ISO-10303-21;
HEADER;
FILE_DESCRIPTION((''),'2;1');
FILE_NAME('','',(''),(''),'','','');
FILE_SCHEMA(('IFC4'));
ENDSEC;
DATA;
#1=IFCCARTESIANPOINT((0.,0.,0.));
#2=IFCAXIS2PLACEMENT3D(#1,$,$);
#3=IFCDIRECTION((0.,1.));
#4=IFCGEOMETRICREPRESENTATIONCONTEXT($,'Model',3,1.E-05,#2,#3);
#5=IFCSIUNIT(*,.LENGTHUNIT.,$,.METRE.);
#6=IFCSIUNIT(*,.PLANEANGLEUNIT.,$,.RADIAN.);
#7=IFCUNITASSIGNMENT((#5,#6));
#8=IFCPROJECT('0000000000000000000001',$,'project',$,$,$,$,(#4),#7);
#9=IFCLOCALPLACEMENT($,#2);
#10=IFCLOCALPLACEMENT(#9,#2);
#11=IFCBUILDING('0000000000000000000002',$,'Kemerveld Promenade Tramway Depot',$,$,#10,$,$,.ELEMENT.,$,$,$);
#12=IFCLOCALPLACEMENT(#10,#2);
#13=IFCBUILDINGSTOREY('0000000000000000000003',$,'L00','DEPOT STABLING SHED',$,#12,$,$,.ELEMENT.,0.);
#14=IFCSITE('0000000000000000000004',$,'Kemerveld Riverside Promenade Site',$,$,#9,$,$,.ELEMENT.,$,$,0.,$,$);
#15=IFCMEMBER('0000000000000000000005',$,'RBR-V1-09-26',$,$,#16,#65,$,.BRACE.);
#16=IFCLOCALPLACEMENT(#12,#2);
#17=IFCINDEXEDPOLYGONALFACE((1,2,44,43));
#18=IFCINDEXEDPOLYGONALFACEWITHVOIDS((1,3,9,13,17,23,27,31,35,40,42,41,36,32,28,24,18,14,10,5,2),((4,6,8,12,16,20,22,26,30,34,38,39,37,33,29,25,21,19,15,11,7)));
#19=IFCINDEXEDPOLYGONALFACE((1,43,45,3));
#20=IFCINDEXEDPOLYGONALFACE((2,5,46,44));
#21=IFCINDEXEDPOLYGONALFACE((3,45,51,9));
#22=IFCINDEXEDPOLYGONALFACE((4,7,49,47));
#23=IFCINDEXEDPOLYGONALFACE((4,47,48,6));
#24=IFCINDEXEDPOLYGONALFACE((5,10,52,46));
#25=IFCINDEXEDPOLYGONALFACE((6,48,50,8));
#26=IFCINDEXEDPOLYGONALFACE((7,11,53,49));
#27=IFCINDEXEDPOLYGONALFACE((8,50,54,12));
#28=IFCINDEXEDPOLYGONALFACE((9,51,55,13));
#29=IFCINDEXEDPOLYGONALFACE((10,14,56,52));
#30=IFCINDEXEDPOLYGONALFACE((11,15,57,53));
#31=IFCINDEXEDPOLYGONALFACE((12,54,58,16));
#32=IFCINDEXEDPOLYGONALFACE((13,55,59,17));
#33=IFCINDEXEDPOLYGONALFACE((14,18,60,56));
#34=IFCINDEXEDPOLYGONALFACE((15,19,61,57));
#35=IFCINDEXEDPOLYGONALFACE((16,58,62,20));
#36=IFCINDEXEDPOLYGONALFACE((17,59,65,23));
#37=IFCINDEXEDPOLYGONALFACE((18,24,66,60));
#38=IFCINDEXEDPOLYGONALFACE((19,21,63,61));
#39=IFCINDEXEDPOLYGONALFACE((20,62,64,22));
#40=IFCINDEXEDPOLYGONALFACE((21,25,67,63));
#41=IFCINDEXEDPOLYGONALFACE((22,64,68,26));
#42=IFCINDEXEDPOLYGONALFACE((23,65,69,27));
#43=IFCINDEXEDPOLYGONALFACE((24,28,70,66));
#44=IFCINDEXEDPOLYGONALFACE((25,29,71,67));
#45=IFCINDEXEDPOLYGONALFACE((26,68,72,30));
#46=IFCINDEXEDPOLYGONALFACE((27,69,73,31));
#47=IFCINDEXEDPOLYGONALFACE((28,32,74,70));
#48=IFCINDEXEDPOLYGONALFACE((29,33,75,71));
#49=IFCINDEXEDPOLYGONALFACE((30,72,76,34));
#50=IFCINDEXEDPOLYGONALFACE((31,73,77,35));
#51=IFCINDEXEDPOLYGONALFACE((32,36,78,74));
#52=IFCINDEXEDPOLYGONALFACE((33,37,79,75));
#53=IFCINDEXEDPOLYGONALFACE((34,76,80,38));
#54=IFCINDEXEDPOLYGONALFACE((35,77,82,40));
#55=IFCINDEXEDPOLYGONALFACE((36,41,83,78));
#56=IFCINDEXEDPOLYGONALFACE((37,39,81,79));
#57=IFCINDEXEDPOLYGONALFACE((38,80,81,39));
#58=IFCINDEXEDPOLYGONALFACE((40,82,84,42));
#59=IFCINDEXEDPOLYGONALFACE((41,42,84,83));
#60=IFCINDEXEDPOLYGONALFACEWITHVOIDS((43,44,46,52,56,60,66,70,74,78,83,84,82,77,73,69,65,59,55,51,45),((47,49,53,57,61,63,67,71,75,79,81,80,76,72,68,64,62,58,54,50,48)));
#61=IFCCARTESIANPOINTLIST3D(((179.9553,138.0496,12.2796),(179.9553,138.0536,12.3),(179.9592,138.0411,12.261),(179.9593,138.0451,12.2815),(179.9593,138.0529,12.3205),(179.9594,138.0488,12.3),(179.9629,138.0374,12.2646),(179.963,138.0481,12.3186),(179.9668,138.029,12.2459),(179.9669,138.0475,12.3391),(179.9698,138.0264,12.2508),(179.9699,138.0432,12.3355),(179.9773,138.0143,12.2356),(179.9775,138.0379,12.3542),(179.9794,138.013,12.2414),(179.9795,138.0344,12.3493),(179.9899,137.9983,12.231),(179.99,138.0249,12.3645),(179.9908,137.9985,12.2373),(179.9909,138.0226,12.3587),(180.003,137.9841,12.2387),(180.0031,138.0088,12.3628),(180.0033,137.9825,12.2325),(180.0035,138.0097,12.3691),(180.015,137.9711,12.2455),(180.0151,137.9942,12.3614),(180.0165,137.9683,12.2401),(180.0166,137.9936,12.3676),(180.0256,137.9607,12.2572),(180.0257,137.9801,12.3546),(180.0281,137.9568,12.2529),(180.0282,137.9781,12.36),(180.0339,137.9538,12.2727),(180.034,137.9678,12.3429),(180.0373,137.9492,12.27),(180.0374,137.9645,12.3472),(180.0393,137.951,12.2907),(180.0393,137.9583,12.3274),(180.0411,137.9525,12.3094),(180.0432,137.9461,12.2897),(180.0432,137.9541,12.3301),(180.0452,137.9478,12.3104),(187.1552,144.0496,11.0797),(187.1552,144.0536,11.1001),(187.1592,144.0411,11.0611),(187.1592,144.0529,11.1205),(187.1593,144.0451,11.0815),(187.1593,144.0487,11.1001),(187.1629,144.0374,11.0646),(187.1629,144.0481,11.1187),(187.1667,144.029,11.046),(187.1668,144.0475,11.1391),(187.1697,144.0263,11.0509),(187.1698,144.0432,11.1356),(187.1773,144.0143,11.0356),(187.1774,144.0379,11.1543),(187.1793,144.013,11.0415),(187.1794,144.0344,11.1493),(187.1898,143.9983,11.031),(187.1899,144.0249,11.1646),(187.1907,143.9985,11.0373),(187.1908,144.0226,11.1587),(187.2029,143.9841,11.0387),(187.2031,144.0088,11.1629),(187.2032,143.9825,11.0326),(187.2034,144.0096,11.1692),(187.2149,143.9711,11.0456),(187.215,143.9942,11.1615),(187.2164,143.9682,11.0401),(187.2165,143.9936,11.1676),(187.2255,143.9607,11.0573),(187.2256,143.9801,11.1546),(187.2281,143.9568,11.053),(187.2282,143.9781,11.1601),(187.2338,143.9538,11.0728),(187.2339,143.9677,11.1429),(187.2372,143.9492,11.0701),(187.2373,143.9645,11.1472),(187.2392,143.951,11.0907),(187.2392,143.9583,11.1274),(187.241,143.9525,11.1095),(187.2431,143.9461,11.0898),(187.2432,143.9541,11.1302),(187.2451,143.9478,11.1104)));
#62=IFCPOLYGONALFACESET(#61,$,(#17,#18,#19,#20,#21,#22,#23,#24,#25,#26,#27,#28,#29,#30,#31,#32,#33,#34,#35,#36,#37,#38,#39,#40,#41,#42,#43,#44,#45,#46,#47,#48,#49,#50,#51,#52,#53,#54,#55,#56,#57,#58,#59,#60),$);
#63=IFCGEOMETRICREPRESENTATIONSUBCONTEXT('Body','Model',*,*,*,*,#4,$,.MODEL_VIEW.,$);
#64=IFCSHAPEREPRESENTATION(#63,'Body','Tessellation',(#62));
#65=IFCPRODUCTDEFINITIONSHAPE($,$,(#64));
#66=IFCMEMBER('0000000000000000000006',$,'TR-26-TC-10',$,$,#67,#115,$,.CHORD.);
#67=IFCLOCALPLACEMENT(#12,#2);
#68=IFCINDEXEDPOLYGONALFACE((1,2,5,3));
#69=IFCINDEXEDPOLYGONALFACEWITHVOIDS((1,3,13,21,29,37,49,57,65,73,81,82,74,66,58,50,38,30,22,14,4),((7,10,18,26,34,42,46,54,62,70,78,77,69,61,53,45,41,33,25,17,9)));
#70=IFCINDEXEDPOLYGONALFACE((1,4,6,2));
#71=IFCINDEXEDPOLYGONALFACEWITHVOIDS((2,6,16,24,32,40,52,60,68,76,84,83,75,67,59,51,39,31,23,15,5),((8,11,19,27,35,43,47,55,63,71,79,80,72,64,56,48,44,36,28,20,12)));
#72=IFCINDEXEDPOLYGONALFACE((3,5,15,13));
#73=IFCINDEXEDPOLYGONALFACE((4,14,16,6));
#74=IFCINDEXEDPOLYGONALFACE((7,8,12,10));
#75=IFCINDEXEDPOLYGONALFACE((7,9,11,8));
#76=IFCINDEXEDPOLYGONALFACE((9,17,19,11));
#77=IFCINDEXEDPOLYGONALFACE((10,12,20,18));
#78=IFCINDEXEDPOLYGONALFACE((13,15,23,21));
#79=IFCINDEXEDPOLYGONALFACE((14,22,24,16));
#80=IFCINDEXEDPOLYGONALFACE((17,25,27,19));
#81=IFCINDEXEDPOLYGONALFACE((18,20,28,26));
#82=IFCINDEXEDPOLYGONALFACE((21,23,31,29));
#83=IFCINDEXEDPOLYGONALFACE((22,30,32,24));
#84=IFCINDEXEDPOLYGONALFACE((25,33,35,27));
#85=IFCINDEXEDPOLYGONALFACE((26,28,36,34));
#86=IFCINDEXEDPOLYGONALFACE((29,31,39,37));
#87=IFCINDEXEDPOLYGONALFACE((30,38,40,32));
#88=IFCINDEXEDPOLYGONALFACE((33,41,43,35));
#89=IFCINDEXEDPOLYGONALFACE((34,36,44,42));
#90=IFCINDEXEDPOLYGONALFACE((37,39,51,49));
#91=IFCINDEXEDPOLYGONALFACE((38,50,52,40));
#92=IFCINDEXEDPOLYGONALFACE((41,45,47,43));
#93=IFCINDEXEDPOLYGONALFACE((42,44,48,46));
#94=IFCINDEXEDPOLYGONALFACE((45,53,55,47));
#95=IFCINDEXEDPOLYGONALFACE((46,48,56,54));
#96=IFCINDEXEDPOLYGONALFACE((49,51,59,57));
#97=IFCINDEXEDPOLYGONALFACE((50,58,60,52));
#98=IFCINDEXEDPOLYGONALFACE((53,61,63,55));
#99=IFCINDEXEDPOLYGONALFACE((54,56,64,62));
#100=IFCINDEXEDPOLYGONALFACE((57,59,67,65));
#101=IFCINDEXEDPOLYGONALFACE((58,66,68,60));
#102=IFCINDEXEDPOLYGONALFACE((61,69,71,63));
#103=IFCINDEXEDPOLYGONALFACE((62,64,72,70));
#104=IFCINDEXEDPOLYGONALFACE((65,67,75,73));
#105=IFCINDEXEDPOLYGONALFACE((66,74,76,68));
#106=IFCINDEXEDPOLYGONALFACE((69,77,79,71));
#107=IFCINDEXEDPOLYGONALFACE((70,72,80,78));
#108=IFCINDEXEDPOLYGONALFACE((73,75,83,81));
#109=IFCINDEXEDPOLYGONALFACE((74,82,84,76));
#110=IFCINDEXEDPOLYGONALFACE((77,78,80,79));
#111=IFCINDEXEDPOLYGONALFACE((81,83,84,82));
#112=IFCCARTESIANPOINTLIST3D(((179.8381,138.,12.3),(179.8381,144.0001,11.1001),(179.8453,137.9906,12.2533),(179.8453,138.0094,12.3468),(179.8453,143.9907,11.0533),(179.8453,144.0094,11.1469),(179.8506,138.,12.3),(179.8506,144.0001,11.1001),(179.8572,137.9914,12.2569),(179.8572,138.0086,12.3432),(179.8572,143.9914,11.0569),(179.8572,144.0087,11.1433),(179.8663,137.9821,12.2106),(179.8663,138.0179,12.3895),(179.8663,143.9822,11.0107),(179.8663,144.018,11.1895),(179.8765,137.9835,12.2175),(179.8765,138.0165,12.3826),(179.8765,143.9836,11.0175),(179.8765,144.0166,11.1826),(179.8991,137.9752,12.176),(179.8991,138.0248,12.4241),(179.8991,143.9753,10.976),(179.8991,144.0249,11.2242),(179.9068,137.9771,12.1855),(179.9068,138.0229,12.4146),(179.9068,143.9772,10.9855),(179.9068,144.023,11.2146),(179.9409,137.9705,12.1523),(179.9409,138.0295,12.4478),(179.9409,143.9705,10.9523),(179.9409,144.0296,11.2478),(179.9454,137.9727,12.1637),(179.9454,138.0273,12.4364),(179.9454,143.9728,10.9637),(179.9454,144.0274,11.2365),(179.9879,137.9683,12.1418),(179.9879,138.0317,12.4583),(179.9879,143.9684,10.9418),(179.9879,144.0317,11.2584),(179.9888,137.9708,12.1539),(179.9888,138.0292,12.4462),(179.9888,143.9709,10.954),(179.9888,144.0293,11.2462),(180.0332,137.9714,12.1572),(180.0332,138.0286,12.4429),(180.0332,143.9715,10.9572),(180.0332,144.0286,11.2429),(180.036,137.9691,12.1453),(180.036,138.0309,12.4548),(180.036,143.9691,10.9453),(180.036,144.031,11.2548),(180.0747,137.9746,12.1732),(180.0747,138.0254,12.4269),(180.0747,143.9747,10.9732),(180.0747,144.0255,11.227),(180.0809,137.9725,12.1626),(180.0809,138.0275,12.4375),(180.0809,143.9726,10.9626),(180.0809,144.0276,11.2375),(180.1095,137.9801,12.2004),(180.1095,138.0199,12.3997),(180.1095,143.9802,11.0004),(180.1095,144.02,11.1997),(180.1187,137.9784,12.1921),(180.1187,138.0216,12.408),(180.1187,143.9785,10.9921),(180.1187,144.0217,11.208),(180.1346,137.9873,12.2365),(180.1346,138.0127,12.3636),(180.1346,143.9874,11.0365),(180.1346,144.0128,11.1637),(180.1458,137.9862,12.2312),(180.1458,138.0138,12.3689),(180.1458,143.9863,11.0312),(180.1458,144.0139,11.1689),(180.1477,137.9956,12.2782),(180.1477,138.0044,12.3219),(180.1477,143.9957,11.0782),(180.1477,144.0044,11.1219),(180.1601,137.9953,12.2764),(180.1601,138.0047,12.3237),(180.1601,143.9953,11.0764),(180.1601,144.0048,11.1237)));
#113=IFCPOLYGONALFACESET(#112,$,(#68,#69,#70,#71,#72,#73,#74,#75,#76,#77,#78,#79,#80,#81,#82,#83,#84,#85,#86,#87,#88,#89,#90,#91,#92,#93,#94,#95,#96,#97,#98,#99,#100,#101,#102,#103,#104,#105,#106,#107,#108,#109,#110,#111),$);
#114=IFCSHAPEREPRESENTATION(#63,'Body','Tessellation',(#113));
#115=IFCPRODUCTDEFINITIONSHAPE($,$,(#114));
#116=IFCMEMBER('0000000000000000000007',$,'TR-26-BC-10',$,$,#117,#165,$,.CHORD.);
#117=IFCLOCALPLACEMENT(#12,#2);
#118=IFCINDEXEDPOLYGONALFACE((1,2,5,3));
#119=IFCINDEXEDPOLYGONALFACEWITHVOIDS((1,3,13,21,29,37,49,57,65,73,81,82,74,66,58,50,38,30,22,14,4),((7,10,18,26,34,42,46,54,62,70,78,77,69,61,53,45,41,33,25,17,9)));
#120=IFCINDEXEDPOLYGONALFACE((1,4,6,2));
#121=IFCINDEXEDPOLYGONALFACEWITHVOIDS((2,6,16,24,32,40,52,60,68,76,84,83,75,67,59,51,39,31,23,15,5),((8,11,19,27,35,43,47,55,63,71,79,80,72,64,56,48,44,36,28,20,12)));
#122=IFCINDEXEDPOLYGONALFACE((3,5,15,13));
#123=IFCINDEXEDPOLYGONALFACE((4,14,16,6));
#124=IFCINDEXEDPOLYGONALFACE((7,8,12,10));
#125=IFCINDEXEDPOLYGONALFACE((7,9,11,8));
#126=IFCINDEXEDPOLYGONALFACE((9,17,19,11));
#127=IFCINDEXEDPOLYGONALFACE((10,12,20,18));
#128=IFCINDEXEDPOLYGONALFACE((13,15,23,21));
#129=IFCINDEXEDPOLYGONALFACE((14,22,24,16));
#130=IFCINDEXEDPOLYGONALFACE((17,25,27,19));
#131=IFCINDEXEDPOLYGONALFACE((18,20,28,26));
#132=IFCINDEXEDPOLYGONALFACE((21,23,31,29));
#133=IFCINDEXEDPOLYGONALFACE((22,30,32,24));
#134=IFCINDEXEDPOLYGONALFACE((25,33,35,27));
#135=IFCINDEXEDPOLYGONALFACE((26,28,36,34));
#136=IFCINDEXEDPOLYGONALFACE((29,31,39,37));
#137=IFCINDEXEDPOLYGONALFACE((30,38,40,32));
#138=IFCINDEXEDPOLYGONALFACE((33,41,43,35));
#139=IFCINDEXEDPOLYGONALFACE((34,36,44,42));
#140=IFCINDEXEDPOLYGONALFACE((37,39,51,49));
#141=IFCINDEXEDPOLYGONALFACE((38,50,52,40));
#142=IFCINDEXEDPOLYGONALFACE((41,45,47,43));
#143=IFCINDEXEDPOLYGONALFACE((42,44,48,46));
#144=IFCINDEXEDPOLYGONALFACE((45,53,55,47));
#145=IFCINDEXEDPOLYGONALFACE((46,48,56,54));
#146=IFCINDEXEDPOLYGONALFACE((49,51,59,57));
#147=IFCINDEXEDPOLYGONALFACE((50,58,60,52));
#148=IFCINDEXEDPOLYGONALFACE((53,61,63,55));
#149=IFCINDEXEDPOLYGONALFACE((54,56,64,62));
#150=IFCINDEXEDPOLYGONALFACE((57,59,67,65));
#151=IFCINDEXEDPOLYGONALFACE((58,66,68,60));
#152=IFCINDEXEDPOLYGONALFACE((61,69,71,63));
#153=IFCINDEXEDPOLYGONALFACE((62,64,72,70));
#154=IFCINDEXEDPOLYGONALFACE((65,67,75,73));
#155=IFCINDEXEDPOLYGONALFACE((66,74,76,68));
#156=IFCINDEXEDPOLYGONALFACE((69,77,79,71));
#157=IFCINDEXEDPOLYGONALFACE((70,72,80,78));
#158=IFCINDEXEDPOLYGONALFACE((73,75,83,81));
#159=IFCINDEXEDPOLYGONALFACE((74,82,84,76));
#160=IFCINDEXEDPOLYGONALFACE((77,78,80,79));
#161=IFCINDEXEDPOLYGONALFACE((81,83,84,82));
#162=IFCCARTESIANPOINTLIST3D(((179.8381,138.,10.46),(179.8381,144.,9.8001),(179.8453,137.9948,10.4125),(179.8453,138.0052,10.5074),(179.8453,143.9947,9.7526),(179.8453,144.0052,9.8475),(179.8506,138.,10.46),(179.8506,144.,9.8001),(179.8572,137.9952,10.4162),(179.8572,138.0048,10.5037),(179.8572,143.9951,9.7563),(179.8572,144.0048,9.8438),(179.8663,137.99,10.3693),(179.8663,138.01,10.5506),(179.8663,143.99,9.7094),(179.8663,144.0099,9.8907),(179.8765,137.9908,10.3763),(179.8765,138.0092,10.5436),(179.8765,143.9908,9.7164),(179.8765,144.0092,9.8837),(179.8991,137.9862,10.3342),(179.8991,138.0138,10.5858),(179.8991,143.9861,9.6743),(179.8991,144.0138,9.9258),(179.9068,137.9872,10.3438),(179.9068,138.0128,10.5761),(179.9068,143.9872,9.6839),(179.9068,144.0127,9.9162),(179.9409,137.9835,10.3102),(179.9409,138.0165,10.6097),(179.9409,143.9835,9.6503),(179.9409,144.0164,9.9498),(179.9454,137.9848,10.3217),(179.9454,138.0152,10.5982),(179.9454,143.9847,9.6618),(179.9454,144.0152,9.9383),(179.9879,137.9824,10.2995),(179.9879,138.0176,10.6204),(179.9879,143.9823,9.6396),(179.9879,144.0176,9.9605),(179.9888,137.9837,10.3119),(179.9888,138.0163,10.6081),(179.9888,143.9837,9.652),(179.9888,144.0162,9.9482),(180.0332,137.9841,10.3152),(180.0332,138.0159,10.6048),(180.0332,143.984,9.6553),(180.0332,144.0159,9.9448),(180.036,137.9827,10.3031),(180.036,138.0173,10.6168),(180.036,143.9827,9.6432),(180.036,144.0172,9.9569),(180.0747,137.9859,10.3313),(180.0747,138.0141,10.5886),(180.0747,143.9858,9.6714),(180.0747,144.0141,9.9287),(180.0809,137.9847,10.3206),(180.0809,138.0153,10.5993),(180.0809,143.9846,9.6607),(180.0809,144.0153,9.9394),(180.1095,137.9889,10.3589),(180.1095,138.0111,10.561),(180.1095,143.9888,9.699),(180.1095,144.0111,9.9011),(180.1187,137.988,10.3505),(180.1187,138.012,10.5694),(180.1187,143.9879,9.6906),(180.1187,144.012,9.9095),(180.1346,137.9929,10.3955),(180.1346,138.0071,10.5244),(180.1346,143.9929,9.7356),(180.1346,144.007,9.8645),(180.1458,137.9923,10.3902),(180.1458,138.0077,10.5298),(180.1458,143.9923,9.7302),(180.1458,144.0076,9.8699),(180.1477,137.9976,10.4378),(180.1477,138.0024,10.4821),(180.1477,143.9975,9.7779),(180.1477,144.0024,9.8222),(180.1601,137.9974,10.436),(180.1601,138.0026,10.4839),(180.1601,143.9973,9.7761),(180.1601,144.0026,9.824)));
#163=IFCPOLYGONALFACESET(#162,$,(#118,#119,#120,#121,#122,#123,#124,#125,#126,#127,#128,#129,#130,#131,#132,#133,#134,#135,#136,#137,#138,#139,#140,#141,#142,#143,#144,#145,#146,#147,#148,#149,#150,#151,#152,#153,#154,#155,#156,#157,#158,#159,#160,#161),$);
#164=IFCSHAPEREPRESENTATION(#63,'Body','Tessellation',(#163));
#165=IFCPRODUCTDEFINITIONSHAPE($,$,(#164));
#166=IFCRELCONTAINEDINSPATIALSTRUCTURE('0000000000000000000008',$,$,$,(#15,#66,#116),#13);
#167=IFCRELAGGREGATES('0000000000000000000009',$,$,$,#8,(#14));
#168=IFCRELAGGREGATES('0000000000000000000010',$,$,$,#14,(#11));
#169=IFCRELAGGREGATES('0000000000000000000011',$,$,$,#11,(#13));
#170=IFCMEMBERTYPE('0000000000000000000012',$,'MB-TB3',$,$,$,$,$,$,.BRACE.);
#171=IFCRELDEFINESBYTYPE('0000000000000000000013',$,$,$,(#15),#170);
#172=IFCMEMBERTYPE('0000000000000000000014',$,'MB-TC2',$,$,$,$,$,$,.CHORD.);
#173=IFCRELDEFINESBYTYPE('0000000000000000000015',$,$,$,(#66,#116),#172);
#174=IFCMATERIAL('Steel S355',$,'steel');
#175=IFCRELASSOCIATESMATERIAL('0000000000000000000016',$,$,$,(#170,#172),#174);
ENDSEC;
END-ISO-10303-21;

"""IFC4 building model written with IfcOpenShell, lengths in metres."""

from ifc_helpers import new_model, si_unit, direction, frame, origin, origin_2d, place, context, subcontext, project, spatial, hollow_circle, extrude, material, material_profile, profile_set, type_object, element, save


model = new_model("IFC4")

# Units and contexts
model_context = context("Model", 3, precision=1e-05, world=origin(), true_north=direction((0.0, 1.0)))
body_context = subcontext(model_context, "Body", "Model", "MODEL_VIEW")
ifc_project = project(units=[si_unit("LENGTHUNIT", "METRE"), si_unit("PLANEANGLEUNIT", "RADIAN")], contexts=[model_context])

# Site, building, storey
site_placement = place(None, origin())
site = spatial("IfcSite", under=ifc_project, at=site_placement, Name="Kemerveld Riverside Promenade Site", CompositionType="ELEMENT", RefElevation=0.0)
building_placement = place(site_placement, origin())
building = spatial("IfcBuilding", under=site, at=building_placement, Name="Kemerveld Promenade Tramway Depot", CompositionType="ELEMENT")
storey_placement = place(building_placement, origin())
storey = spatial("IfcBuildingStorey", under=building, at=storey_placement, Name="L00", Description="DEPOT STABLING SHED", CompositionType="ELEMENT", Elevation=0.0)

# Shared definitions
ifc_material_1 = material(Name="Steel S355", Category="steel")

# Members
ifc_material_profile_1 = material_profile(ifc_material_1, hollow_circle(Radius=0.0698, WallThickness=0.0063, at=origin_2d()), Name="139.7x6.3 CHS")
ifc_profile_set_1 = profile_set([ifc_material_profile_1], Name="Steel S355")
member_type_1 = type_object("IfcMemberType", Name="MB-TB3", PredefinedType="BRACE", material=ifc_profile_set_1)
member_1_placement = place(storey_placement, frame((180.0, 138.0, 12.3), z_axis=(0.761999, 0.635004, -0.126996), x_axis=(-0.640187, 0.768219, 0.0)))
element("IfcMember", 1, at=member_1_placement, inside=storey, type_object=member_type_1, Name="RBR-V1-09-26", PredefinedType="BRACE", context=body_context, shape_type="SweptSolid", body=[
    extrude(hollow_circle(Radius=0.0698, WallThickness=0.0063, at=origin_2d()), origin(), (0.0, 0.0, 1.0), 9.4487),
])
ifc_material_profile_2 = material_profile(ifc_material_1, hollow_circle(Radius=0.1619, WallThickness=0.0125, at=origin_2d()), Name="323.9x12.5 CHS")
ifc_profile_set_2 = profile_set([ifc_material_profile_2], Name="Steel S355")
member_type_2 = type_object("IfcMemberType", Name="MB-TC2", PredefinedType="CHORD", material=ifc_profile_set_2)
member_2_placement = place(storey_placement, frame((180.0, 138.0, 12.3), z_axis=(0.0, 0.980582, -0.196108), x_axis=(-1.0, 0.0, 0.0)))
element("IfcMember", 2, at=member_2_placement, inside=storey, type_object=member_type_2, Name="TR-26-TC-10", PredefinedType="CHORD", context=body_context, shape_type="SweptSolid", body=[
    extrude(hollow_circle(Radius=0.1619, WallThickness=0.0125, at=origin_2d()), origin(), (0.0, 0.0, 1.0), 6.1189),
])
member_3_placement = place(storey_placement, frame((180.0, 138.0, 10.46), z_axis=(0.0, 0.994006, -0.109326), x_axis=(-1.0, 0.0, 0.0)))
element("IfcMember", 3, at=member_3_placement, inside=storey, type_object=member_type_2, Name="TR-26-BC-10", PredefinedType="CHORD", context=body_context, shape_type="SweptSolid", body=[
    extrude(hollow_circle(Radius=0.1619, WallThickness=0.0125, at=origin_2d()), origin(), (0.0, 0.0, 1.0), 6.0361),
])

save(model, "model.ifc")
